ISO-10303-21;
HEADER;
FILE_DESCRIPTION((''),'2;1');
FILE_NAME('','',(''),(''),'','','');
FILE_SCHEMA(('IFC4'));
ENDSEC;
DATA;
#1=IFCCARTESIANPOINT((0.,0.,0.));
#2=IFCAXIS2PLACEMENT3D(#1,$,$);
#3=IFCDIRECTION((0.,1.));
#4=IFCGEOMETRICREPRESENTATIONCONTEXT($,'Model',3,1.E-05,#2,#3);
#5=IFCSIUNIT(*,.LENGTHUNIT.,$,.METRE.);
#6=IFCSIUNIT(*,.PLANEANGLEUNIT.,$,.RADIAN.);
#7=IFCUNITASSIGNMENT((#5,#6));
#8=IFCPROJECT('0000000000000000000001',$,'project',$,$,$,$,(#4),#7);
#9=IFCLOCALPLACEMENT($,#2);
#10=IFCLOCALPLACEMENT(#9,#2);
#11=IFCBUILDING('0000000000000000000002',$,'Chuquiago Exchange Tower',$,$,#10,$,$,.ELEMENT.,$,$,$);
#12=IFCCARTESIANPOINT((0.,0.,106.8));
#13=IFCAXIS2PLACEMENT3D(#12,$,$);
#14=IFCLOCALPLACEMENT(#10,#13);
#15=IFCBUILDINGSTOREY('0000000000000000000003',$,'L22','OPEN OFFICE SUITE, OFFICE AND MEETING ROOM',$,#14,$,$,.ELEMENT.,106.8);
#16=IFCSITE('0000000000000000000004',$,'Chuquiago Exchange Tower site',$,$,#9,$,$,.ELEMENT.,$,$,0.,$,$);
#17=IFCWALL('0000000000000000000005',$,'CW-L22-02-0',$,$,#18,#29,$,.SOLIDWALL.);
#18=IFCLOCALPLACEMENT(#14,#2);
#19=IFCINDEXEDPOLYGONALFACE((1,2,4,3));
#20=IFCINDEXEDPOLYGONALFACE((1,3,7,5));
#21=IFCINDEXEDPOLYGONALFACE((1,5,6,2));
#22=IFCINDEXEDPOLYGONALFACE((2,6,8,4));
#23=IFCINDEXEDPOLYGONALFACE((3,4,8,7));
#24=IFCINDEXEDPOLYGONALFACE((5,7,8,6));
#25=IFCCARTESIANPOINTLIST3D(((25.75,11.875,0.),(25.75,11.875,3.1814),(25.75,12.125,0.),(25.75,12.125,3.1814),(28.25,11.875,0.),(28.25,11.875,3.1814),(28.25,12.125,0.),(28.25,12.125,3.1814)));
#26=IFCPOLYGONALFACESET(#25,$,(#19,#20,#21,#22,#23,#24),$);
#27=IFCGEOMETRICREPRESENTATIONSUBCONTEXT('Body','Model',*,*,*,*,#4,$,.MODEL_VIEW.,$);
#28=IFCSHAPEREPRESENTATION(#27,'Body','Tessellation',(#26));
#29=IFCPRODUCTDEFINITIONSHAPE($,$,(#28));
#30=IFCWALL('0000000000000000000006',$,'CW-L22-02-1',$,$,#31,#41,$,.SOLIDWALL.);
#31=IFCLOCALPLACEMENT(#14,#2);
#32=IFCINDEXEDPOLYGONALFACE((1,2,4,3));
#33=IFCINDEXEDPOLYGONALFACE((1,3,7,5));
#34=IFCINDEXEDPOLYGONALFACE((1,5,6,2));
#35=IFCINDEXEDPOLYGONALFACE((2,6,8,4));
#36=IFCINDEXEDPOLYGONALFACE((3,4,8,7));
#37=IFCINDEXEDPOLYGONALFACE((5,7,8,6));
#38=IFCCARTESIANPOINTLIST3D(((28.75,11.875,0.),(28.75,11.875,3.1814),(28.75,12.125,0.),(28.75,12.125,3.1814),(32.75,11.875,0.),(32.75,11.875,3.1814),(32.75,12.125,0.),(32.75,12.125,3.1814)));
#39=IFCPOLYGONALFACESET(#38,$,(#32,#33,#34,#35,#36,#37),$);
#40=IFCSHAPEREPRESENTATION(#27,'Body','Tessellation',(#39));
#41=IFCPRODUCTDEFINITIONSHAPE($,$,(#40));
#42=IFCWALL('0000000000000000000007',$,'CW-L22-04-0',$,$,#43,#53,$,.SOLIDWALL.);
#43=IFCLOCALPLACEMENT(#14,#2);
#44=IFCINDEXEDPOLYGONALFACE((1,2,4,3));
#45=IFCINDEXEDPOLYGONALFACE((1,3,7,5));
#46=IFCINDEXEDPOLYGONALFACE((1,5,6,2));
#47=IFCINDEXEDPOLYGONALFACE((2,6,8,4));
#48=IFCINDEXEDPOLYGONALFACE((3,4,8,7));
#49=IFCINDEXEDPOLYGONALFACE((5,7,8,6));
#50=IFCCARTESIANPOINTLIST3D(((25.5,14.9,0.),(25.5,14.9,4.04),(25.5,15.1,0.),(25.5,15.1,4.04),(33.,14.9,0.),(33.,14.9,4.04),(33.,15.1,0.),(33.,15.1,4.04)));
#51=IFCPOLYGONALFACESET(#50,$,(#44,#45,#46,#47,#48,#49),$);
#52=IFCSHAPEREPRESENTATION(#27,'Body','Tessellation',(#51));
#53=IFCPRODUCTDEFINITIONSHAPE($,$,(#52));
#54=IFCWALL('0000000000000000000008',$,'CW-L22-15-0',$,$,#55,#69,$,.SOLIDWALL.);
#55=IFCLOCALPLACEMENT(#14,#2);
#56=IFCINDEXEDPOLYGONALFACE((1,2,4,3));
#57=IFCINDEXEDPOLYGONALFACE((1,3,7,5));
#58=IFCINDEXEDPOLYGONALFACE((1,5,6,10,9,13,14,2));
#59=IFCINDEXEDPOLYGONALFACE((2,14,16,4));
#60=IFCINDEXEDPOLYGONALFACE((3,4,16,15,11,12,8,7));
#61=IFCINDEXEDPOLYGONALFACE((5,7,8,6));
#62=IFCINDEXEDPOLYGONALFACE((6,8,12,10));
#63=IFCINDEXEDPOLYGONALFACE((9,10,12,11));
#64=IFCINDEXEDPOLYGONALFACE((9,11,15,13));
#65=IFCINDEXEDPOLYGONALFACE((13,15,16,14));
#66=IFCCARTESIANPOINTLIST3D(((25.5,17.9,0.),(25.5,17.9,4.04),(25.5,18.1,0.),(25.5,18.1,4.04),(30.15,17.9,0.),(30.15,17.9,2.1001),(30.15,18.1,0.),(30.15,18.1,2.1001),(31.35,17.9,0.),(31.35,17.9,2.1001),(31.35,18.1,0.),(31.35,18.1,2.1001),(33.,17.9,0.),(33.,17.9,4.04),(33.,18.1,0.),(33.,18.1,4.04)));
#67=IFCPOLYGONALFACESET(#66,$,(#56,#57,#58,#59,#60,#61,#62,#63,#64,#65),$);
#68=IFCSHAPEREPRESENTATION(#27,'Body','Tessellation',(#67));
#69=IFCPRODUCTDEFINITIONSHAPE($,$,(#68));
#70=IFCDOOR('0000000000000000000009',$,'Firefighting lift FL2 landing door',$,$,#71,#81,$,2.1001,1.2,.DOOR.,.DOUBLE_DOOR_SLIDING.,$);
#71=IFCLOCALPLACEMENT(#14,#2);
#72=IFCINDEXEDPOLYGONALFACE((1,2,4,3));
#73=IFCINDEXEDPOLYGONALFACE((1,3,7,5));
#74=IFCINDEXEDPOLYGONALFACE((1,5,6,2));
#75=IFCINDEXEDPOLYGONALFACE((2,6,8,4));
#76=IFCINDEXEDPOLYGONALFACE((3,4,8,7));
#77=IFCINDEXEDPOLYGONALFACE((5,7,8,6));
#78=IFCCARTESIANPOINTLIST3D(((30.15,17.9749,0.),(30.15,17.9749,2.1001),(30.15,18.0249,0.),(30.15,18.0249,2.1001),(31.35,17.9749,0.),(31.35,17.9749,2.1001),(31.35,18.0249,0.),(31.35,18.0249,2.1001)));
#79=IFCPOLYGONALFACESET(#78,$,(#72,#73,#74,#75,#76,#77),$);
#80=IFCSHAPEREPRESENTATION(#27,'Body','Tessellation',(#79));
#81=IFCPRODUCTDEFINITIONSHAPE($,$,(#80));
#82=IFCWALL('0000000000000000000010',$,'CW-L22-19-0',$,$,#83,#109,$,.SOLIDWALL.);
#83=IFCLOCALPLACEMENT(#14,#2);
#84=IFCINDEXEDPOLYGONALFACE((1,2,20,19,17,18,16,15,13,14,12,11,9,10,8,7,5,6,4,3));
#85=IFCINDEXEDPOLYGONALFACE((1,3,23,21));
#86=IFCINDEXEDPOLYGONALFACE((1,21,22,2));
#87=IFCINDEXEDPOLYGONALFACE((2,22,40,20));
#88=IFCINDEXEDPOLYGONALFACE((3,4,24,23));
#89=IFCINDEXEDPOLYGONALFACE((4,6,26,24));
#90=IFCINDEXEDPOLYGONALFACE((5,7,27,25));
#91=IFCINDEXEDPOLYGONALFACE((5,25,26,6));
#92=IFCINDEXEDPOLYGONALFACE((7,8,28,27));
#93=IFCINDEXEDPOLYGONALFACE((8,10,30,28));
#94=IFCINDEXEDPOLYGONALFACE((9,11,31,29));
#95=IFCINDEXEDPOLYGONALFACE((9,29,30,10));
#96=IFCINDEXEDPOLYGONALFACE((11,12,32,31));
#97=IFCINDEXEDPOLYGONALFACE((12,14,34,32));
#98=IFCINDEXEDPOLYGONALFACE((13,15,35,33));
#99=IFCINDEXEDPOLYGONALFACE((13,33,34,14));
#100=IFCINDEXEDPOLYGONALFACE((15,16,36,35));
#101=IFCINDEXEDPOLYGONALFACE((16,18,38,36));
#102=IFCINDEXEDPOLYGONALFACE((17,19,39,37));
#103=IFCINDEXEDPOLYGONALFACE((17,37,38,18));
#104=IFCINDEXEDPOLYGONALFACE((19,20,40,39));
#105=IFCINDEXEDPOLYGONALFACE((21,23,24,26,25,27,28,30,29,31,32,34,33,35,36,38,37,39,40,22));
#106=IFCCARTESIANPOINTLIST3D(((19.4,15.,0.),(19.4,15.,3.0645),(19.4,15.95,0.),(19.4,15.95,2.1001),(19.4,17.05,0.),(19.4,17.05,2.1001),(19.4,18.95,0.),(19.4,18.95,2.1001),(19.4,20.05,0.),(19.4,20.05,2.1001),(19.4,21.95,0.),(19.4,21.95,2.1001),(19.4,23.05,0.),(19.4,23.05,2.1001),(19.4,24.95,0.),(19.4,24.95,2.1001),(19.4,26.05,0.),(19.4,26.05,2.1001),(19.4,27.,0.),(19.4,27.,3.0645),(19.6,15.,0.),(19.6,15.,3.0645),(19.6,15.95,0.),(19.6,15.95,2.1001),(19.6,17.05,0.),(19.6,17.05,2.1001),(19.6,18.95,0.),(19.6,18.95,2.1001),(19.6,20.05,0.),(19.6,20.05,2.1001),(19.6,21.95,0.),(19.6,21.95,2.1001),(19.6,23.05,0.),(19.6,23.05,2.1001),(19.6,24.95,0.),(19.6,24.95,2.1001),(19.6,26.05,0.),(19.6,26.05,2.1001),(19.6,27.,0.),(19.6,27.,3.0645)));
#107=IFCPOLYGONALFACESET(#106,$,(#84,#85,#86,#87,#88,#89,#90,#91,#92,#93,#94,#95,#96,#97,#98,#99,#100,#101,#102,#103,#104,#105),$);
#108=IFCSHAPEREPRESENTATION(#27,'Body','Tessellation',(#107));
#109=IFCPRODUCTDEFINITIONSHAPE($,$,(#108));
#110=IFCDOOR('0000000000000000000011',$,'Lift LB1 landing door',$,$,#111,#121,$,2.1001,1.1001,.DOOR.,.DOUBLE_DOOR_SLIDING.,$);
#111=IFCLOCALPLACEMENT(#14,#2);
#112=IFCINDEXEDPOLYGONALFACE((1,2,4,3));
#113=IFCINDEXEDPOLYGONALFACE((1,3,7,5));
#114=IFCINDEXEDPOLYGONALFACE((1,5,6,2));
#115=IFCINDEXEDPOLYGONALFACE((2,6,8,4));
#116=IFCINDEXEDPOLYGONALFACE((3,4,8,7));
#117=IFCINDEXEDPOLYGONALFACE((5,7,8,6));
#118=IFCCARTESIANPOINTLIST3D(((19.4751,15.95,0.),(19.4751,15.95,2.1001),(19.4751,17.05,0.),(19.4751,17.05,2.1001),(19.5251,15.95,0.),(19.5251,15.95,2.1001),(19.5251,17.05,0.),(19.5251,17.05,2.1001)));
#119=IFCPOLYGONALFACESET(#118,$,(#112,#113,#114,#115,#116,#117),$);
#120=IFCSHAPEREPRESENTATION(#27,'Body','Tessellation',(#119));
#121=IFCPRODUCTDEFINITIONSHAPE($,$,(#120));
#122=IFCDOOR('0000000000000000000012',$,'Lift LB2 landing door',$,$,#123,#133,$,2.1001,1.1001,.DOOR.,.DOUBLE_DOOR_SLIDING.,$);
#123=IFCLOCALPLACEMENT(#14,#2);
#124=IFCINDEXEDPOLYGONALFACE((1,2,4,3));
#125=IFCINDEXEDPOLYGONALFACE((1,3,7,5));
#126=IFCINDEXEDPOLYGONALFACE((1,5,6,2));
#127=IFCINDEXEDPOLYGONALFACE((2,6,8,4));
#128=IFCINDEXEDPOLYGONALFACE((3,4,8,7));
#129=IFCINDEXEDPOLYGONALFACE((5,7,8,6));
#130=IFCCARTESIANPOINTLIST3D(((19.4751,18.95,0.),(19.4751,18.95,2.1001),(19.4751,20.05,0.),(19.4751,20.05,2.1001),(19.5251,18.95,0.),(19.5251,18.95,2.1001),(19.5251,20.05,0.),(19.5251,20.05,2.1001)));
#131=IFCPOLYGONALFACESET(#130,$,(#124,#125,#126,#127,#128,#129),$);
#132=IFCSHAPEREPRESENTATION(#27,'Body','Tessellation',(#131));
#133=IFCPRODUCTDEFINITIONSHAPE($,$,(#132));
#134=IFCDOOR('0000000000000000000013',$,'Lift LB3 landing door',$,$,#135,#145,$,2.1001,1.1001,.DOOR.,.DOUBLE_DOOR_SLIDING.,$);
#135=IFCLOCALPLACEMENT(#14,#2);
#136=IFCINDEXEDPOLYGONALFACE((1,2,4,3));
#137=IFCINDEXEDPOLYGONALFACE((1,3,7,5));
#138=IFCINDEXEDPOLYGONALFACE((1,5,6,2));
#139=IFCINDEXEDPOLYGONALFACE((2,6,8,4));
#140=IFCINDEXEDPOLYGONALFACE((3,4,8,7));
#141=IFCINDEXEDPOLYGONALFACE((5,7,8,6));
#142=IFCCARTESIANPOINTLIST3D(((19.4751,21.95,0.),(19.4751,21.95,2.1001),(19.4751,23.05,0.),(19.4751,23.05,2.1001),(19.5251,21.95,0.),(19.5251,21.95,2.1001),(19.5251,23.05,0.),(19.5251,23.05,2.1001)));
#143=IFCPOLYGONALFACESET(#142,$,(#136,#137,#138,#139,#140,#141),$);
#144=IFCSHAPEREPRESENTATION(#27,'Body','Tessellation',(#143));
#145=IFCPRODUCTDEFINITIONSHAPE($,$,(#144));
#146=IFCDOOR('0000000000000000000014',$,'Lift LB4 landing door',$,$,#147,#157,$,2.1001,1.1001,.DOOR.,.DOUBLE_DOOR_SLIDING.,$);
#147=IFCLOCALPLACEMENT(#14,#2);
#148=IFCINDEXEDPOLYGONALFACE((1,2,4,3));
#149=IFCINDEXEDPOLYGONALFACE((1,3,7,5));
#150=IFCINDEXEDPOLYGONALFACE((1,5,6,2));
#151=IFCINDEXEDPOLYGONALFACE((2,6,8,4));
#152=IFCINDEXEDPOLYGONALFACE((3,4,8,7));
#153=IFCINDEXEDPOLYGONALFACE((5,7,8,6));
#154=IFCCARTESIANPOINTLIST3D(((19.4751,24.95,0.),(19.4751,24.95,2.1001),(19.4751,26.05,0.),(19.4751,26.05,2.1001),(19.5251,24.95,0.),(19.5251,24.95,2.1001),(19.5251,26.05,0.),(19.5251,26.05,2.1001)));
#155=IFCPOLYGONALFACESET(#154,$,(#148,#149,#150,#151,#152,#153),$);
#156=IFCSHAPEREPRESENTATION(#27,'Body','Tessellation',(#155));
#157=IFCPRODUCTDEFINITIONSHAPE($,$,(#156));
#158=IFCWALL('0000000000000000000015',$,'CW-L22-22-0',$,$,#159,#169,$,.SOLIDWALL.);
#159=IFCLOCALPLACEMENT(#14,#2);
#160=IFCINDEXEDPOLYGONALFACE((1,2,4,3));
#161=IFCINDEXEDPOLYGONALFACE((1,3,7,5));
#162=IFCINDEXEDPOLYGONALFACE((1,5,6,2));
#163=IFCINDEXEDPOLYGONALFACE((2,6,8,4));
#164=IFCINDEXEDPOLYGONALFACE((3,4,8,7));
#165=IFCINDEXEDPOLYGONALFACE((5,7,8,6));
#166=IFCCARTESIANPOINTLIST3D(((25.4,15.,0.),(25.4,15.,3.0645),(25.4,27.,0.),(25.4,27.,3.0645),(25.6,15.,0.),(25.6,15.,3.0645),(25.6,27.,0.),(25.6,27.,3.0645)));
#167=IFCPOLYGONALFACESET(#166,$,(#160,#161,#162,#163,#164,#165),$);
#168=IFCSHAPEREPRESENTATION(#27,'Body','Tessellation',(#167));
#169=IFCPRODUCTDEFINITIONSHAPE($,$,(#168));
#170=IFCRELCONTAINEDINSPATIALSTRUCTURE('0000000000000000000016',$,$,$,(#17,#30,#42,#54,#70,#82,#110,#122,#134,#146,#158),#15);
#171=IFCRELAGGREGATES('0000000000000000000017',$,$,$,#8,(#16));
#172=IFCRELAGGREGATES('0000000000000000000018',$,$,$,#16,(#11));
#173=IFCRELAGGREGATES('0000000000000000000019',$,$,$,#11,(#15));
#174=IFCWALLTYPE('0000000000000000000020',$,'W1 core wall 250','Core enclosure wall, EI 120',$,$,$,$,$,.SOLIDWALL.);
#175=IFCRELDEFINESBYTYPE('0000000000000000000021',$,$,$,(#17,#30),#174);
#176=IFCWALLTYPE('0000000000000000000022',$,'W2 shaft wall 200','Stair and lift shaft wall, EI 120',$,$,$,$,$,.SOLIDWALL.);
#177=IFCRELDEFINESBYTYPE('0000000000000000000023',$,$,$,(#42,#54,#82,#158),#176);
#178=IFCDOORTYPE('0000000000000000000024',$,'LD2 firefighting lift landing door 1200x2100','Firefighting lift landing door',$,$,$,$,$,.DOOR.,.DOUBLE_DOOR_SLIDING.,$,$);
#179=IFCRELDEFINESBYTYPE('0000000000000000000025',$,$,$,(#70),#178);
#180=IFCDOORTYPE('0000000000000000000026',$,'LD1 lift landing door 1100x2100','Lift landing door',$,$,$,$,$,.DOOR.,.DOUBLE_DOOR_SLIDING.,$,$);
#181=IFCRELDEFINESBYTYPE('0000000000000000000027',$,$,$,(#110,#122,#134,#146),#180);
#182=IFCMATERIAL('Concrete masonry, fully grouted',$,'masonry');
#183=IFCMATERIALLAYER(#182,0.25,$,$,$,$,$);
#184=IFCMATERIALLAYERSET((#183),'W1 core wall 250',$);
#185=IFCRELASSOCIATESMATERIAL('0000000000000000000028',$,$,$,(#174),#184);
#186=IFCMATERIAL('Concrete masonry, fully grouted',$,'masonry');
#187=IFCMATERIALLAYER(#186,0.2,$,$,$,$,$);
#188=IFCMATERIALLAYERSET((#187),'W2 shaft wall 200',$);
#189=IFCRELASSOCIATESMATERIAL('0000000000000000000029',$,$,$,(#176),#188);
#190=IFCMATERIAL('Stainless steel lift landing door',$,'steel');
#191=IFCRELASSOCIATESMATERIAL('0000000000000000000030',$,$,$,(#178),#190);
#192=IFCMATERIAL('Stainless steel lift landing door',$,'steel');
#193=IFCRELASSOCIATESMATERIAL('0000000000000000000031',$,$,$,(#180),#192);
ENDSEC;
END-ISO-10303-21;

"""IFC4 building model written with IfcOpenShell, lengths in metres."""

from ifc_helpers import new_model, si_unit, direction, frame, frame_2d, origin, place, context, subcontext, project, spatial, rectangle, extrude, material, layer, layer_set, type_object, element, fill, save


model = new_model("IFC4")

# Units and contexts
model_context = context("Model", 3, precision=1e-05, world=origin(), true_north=direction((0.0, 1.0)))
body_context = subcontext(model_context, "Body", "Model", "MODEL_VIEW")
ifc_project = project(units=[si_unit("LENGTHUNIT", "METRE"), si_unit("PLANEANGLEUNIT", "RADIAN")], contexts=[model_context])

# Site, building, storey
site_placement = place(None, origin())
site = spatial("IfcSite", under=ifc_project, at=site_placement, Name="Chuquiago Exchange Tower site", CompositionType="ELEMENT", RefElevation=0.0)
building_placement = place(site_placement, origin())
building = spatial("IfcBuilding", under=site, at=building_placement, Name="Chuquiago Exchange Tower", CompositionType="ELEMENT")
storey_placement = place(building_placement, frame((0.0, 0.0, 106.8)))
storey = spatial("IfcBuildingStorey", under=building, at=storey_placement, Name="L22", Description="OPEN OFFICE SUITE, OFFICE AND MEETING ROOM", CompositionType="ELEMENT", Elevation=106.8)

# Walls
ifc_material_1 = material(Name="Concrete masonry, fully grouted", Category="masonry")
ifc_layer_1 = layer(ifc_material_1, 0.25)
ifc_layer_set_1 = layer_set([ifc_layer_1], Name="W1 core wall 250")
wall_type_1 = type_object("IfcWallType", Name="W1 core wall 250", Description="Core enclosure wall, EI 120", PredefinedType="SOLIDWALL", material=ifc_layer_set_1)
wall_1_placement = place(storey_placement, frame((25.75, 12.0, 0.0), z_axis=(0.0, 0.0, 1.0), x_axis=(1.0, 0.0, 0.0)))
element("IfcWall", 1, at=wall_1_placement, inside=storey, type_object=wall_type_1, Name="CW-L22-02-0", PredefinedType="SOLIDWALL", context=body_context, shape_type="SweptSolid", body=[
    extrude(rectangle(XDim=2.5, YDim=0.25, at=frame_2d((1.25, 0.0))), origin(), (0.0, 0.0, 1.0), 3.1814),
])
wall_2_placement = place(storey_placement, frame((28.75, 12.0, 0.0), z_axis=(0.0, 0.0, 1.0), x_axis=(1.0, 0.0, 0.0)))
element("IfcWall", 2, at=wall_2_placement, inside=storey, type_object=wall_type_1, Name="CW-L22-02-1", PredefinedType="SOLIDWALL", context=body_context, shape_type="SweptSolid", body=[
    extrude(rectangle(XDim=4.0, YDim=0.25, at=frame_2d((2.0, 0.0))), origin(), (0.0, 0.0, 1.0), 3.1814),
])
ifc_material_2 = material(Name="Concrete masonry, fully grouted", Category="masonry")
ifc_layer_2 = layer(ifc_material_2, 0.2)
ifc_layer_set_2 = layer_set([ifc_layer_2], Name="W2 shaft wall 200")
wall_type_2 = type_object("IfcWallType", Name="W2 shaft wall 200", Description="Stair and lift shaft wall, EI 120", PredefinedType="SOLIDWALL", material=ifc_layer_set_2)
wall_3_placement = place(storey_placement, frame((25.5, 15.0, 0.0), z_axis=(0.0, 0.0, 1.0), x_axis=(1.0, 0.0, 0.0)))
element("IfcWall", 3, at=wall_3_placement, inside=storey, type_object=wall_type_2, Name="CW-L22-04-0", PredefinedType="SOLIDWALL", context=body_context, shape_type="SweptSolid", body=[
    extrude(rectangle(XDim=7.5, YDim=0.2, at=frame_2d((3.75, 0.0))), origin(), (0.0, 0.0, 1.0), 4.04),
])

# Wall, opening, door
wall_4_placement = place(storey_placement, frame((25.5, 18.0, 0.0), z_axis=(0.0, 0.0, 1.0), x_axis=(1.0, 0.0, 0.0)))
wall_4 = element("IfcWall", 4, at=wall_4_placement, inside=storey, type_object=wall_type_2, Name="CW-L22-15-0", PredefinedType="SOLIDWALL", context=body_context, shape_type="SweptSolid", body=[
    extrude(rectangle(XDim=7.5, YDim=0.2, at=frame_2d((3.75, 0.0))), origin(), (0.0, 0.0, 1.0), 4.04),
])
opening_1_placement = place(wall_4_placement, frame((4.6499, 0.0, 0.0)))
opening_1 = element("IfcOpeningElement", 5, at=opening_1_placement, cuts=wall_4, PredefinedType="OPENING", context=body_context, shape_type="SweptSolid", body=[
    extrude(rectangle(XDim=1.2, YDim=2.1001, at=frame_2d((0.6001, 1.05))), frame((0.0, 0.1099, 0.0), z_axis=(0.0, -1.0, 0.0), x_axis=(1.0, 0.0, 0.0)), (0.0, 0.0, 1.0), 0.22),
])
ifc_material_3 = material(Name="Stainless steel lift landing door", Category="steel")
door_type_1 = type_object("IfcDoorType", Name="LD2 firefighting lift landing door 1200x2100", Description="Firefighting lift landing door", OperationType="DOUBLE_DOOR_SLIDING", PredefinedType="DOOR", material=ifc_material_3)
door_1_placement = place(opening_1_placement, origin())
door_1 = element("IfcDoor", 6, at=door_1_placement, inside=storey, type_object=door_type_1, Name="Firefighting lift FL2 landing door", OperationType="DOUBLE_DOOR_SLIDING", OverallHeight=2.1001, OverallWidth=1.2, PredefinedType="DOOR", context=body_context, shape_type="SweptSolid", body=[
    extrude(rectangle(XDim=1.2, YDim=2.1001, at=frame_2d((0.6001, 1.05))), frame((0.0, 0.0249, 0.0), z_axis=(0.0, -1.0, 0.0), x_axis=(1.0, 0.0, 0.0)), (0.0, 0.0, 1.0), 0.05),
])
fill(opening_1, door_1)

# Wall, openings, doors
wall_5_placement = place(storey_placement, frame((19.5, 15.0, 0.0), z_axis=(0.0, 0.0, 1.0), x_axis=(0.0, 1.0, 0.0)))
wall_5 = element("IfcWall", 7, at=wall_5_placement, inside=storey, type_object=wall_type_2, Name="CW-L22-19-0", PredefinedType="SOLIDWALL", context=body_context, shape_type="SweptSolid", body=[
    extrude(rectangle(XDim=12.0, YDim=0.2, at=frame_2d((6.0, 0.0))), origin(), (0.0, 0.0, 1.0), 3.0645),
])
opening_2_placement = place(wall_5_placement, frame((0.95, 0.0, 0.0)))
opening_2 = element("IfcOpeningElement", 8, at=opening_2_placement, cuts=wall_5, PredefinedType="OPENING", context=body_context, shape_type="SweptSolid", body=[
    extrude(rectangle(XDim=1.1001, YDim=2.1001, at=frame_2d((0.55, 1.05))), frame((0.0, 0.1099, 0.0), z_axis=(0.0, -1.0, 0.0), x_axis=(1.0, 0.0, 0.0)), (0.0, 0.0, 1.0), 0.22),
])
opening_3_placement = place(wall_5_placement, frame((3.95, 0.0, 0.0)))
opening_3 = element("IfcOpeningElement", 9, at=opening_3_placement, cuts=wall_5, PredefinedType="OPENING", context=body_context, shape_type="SweptSolid", body=[
    extrude(rectangle(XDim=1.1001, YDim=2.1001, at=frame_2d((0.55, 1.05))), frame((0.0, 0.1099, 0.0), z_axis=(0.0, -1.0, 0.0), x_axis=(1.0, 0.0, 0.0)), (0.0, 0.0, 1.0), 0.22),
])
opening_4_placement = place(wall_5_placement, frame((6.95, 0.0, 0.0)))
opening_4 = element("IfcOpeningElement", 10, at=opening_4_placement, cuts=wall_5, PredefinedType="OPENING", context=body_context, shape_type="SweptSolid", body=[
    extrude(rectangle(XDim=1.1001, YDim=2.1001, at=frame_2d((0.55, 1.05))), frame((0.0, 0.1099, 0.0), z_axis=(0.0, -1.0, 0.0), x_axis=(1.0, 0.0, 0.0)), (0.0, 0.0, 1.0), 0.22),
])
opening_5_placement = place(wall_5_placement, frame((9.95, 0.0, 0.0)))
opening_5 = element("IfcOpeningElement", 11, at=opening_5_placement, cuts=wall_5, PredefinedType="OPENING", context=body_context, shape_type="SweptSolid", body=[
    extrude(rectangle(XDim=1.1001, YDim=2.1001, at=frame_2d((0.55, 1.05))), frame((0.0, 0.1099, 0.0), z_axis=(0.0, -1.0, 0.0), x_axis=(1.0, 0.0, 0.0)), (0.0, 0.0, 1.0), 0.22),
])
ifc_material_4 = material(Name="Stainless steel lift landing door", Category="steel")
door_type_2 = type_object("IfcDoorType", Name="LD1 lift landing door 1100x2100", Description="Lift landing door", OperationType="DOUBLE_DOOR_SLIDING", PredefinedType="DOOR", material=ifc_material_4)
door_2_placement = place(opening_2_placement, origin())
door_2 = element("IfcDoor", 12, at=door_2_placement, inside=storey, type_object=door_type_2, Name="Lift LB1 landing door", OperationType="DOUBLE_DOOR_SLIDING", OverallHeight=2.1001, OverallWidth=1.1001, PredefinedType="DOOR", context=body_context, shape_type="SweptSolid", body=[
    extrude(rectangle(XDim=1.1001, YDim=2.1001, at=frame_2d((0.55, 1.05))), frame((0.0, 0.0249, 0.0), z_axis=(0.0, -1.0, 0.0), x_axis=(1.0, 0.0, 0.0)), (0.0, 0.0, 1.0), 0.05),
])
fill(opening_2, door_2)
door_3_placement = place(opening_3_placement, origin())
door_3 = element("IfcDoor", 13, at=door_3_placement, inside=storey, type_object=door_type_2, Name="Lift LB2 landing door", OperationType="DOUBLE_DOOR_SLIDING", OverallHeight=2.1001, OverallWidth=1.1001, PredefinedType="DOOR", context=body_context, shape_type="SweptSolid", body=[
    extrude(rectangle(XDim=1.1001, YDim=2.1001, at=frame_2d((0.55, 1.05))), frame((0.0, 0.0249, 0.0), z_axis=(0.0, -1.0, 0.0), x_axis=(1.0, 0.0, 0.0)), (0.0, 0.0, 1.0), 0.05),
])
fill(opening_3, door_3)
door_4_placement = place(opening_4_placement, origin())
door_4 = element("IfcDoor", 14, at=door_4_placement, inside=storey, type_object=door_type_2, Name="Lift LB3 landing door", OperationType="DOUBLE_DOOR_SLIDING", OverallHeight=2.1001, OverallWidth=1.1001, PredefinedType="DOOR", context=body_context, shape_type="SweptSolid", body=[
    extrude(rectangle(XDim=1.1001, YDim=2.1001, at=frame_2d((0.55, 1.05))), frame((0.0, 0.0249, 0.0), z_axis=(0.0, -1.0, 0.0), x_axis=(1.0, 0.0, 0.0)), (0.0, 0.0, 1.0), 0.05),
])
fill(opening_4, door_4)
door_5_placement = place(opening_5_placement, origin())
door_5 = element("IfcDoor", 15, at=door_5_placement, inside=storey, type_object=door_type_2, Name="Lift LB4 landing door", OperationType="DOUBLE_DOOR_SLIDING", OverallHeight=2.1001, OverallWidth=1.1001, PredefinedType="DOOR", context=body_context, shape_type="SweptSolid", body=[
    extrude(rectangle(XDim=1.1001, YDim=2.1001, at=frame_2d((0.55, 1.05))), frame((0.0, 0.0249, 0.0), z_axis=(0.0, -1.0, 0.0), x_axis=(1.0, 0.0, 0.0)), (0.0, 0.0, 1.0), 0.05),
])
fill(opening_5, door_5)

# Wall
wall_6_placement = place(storey_placement, frame((25.5, 15.0, 0.0), z_axis=(0.0, 0.0, 1.0), x_axis=(0.0, 1.0, 0.0)))
element("IfcWall", 16, at=wall_6_placement, inside=storey, type_object=wall_type_2, Name="CW-L22-22-0", PredefinedType="SOLIDWALL", context=body_context, shape_type="SweptSolid", body=[
    extrude(rectangle(XDim=12.0, YDim=0.2, at=frame_2d((6.0, 0.0))), origin(), (0.0, 0.0, 1.0), 3.0645),
])

save(model, "model.ifc")
